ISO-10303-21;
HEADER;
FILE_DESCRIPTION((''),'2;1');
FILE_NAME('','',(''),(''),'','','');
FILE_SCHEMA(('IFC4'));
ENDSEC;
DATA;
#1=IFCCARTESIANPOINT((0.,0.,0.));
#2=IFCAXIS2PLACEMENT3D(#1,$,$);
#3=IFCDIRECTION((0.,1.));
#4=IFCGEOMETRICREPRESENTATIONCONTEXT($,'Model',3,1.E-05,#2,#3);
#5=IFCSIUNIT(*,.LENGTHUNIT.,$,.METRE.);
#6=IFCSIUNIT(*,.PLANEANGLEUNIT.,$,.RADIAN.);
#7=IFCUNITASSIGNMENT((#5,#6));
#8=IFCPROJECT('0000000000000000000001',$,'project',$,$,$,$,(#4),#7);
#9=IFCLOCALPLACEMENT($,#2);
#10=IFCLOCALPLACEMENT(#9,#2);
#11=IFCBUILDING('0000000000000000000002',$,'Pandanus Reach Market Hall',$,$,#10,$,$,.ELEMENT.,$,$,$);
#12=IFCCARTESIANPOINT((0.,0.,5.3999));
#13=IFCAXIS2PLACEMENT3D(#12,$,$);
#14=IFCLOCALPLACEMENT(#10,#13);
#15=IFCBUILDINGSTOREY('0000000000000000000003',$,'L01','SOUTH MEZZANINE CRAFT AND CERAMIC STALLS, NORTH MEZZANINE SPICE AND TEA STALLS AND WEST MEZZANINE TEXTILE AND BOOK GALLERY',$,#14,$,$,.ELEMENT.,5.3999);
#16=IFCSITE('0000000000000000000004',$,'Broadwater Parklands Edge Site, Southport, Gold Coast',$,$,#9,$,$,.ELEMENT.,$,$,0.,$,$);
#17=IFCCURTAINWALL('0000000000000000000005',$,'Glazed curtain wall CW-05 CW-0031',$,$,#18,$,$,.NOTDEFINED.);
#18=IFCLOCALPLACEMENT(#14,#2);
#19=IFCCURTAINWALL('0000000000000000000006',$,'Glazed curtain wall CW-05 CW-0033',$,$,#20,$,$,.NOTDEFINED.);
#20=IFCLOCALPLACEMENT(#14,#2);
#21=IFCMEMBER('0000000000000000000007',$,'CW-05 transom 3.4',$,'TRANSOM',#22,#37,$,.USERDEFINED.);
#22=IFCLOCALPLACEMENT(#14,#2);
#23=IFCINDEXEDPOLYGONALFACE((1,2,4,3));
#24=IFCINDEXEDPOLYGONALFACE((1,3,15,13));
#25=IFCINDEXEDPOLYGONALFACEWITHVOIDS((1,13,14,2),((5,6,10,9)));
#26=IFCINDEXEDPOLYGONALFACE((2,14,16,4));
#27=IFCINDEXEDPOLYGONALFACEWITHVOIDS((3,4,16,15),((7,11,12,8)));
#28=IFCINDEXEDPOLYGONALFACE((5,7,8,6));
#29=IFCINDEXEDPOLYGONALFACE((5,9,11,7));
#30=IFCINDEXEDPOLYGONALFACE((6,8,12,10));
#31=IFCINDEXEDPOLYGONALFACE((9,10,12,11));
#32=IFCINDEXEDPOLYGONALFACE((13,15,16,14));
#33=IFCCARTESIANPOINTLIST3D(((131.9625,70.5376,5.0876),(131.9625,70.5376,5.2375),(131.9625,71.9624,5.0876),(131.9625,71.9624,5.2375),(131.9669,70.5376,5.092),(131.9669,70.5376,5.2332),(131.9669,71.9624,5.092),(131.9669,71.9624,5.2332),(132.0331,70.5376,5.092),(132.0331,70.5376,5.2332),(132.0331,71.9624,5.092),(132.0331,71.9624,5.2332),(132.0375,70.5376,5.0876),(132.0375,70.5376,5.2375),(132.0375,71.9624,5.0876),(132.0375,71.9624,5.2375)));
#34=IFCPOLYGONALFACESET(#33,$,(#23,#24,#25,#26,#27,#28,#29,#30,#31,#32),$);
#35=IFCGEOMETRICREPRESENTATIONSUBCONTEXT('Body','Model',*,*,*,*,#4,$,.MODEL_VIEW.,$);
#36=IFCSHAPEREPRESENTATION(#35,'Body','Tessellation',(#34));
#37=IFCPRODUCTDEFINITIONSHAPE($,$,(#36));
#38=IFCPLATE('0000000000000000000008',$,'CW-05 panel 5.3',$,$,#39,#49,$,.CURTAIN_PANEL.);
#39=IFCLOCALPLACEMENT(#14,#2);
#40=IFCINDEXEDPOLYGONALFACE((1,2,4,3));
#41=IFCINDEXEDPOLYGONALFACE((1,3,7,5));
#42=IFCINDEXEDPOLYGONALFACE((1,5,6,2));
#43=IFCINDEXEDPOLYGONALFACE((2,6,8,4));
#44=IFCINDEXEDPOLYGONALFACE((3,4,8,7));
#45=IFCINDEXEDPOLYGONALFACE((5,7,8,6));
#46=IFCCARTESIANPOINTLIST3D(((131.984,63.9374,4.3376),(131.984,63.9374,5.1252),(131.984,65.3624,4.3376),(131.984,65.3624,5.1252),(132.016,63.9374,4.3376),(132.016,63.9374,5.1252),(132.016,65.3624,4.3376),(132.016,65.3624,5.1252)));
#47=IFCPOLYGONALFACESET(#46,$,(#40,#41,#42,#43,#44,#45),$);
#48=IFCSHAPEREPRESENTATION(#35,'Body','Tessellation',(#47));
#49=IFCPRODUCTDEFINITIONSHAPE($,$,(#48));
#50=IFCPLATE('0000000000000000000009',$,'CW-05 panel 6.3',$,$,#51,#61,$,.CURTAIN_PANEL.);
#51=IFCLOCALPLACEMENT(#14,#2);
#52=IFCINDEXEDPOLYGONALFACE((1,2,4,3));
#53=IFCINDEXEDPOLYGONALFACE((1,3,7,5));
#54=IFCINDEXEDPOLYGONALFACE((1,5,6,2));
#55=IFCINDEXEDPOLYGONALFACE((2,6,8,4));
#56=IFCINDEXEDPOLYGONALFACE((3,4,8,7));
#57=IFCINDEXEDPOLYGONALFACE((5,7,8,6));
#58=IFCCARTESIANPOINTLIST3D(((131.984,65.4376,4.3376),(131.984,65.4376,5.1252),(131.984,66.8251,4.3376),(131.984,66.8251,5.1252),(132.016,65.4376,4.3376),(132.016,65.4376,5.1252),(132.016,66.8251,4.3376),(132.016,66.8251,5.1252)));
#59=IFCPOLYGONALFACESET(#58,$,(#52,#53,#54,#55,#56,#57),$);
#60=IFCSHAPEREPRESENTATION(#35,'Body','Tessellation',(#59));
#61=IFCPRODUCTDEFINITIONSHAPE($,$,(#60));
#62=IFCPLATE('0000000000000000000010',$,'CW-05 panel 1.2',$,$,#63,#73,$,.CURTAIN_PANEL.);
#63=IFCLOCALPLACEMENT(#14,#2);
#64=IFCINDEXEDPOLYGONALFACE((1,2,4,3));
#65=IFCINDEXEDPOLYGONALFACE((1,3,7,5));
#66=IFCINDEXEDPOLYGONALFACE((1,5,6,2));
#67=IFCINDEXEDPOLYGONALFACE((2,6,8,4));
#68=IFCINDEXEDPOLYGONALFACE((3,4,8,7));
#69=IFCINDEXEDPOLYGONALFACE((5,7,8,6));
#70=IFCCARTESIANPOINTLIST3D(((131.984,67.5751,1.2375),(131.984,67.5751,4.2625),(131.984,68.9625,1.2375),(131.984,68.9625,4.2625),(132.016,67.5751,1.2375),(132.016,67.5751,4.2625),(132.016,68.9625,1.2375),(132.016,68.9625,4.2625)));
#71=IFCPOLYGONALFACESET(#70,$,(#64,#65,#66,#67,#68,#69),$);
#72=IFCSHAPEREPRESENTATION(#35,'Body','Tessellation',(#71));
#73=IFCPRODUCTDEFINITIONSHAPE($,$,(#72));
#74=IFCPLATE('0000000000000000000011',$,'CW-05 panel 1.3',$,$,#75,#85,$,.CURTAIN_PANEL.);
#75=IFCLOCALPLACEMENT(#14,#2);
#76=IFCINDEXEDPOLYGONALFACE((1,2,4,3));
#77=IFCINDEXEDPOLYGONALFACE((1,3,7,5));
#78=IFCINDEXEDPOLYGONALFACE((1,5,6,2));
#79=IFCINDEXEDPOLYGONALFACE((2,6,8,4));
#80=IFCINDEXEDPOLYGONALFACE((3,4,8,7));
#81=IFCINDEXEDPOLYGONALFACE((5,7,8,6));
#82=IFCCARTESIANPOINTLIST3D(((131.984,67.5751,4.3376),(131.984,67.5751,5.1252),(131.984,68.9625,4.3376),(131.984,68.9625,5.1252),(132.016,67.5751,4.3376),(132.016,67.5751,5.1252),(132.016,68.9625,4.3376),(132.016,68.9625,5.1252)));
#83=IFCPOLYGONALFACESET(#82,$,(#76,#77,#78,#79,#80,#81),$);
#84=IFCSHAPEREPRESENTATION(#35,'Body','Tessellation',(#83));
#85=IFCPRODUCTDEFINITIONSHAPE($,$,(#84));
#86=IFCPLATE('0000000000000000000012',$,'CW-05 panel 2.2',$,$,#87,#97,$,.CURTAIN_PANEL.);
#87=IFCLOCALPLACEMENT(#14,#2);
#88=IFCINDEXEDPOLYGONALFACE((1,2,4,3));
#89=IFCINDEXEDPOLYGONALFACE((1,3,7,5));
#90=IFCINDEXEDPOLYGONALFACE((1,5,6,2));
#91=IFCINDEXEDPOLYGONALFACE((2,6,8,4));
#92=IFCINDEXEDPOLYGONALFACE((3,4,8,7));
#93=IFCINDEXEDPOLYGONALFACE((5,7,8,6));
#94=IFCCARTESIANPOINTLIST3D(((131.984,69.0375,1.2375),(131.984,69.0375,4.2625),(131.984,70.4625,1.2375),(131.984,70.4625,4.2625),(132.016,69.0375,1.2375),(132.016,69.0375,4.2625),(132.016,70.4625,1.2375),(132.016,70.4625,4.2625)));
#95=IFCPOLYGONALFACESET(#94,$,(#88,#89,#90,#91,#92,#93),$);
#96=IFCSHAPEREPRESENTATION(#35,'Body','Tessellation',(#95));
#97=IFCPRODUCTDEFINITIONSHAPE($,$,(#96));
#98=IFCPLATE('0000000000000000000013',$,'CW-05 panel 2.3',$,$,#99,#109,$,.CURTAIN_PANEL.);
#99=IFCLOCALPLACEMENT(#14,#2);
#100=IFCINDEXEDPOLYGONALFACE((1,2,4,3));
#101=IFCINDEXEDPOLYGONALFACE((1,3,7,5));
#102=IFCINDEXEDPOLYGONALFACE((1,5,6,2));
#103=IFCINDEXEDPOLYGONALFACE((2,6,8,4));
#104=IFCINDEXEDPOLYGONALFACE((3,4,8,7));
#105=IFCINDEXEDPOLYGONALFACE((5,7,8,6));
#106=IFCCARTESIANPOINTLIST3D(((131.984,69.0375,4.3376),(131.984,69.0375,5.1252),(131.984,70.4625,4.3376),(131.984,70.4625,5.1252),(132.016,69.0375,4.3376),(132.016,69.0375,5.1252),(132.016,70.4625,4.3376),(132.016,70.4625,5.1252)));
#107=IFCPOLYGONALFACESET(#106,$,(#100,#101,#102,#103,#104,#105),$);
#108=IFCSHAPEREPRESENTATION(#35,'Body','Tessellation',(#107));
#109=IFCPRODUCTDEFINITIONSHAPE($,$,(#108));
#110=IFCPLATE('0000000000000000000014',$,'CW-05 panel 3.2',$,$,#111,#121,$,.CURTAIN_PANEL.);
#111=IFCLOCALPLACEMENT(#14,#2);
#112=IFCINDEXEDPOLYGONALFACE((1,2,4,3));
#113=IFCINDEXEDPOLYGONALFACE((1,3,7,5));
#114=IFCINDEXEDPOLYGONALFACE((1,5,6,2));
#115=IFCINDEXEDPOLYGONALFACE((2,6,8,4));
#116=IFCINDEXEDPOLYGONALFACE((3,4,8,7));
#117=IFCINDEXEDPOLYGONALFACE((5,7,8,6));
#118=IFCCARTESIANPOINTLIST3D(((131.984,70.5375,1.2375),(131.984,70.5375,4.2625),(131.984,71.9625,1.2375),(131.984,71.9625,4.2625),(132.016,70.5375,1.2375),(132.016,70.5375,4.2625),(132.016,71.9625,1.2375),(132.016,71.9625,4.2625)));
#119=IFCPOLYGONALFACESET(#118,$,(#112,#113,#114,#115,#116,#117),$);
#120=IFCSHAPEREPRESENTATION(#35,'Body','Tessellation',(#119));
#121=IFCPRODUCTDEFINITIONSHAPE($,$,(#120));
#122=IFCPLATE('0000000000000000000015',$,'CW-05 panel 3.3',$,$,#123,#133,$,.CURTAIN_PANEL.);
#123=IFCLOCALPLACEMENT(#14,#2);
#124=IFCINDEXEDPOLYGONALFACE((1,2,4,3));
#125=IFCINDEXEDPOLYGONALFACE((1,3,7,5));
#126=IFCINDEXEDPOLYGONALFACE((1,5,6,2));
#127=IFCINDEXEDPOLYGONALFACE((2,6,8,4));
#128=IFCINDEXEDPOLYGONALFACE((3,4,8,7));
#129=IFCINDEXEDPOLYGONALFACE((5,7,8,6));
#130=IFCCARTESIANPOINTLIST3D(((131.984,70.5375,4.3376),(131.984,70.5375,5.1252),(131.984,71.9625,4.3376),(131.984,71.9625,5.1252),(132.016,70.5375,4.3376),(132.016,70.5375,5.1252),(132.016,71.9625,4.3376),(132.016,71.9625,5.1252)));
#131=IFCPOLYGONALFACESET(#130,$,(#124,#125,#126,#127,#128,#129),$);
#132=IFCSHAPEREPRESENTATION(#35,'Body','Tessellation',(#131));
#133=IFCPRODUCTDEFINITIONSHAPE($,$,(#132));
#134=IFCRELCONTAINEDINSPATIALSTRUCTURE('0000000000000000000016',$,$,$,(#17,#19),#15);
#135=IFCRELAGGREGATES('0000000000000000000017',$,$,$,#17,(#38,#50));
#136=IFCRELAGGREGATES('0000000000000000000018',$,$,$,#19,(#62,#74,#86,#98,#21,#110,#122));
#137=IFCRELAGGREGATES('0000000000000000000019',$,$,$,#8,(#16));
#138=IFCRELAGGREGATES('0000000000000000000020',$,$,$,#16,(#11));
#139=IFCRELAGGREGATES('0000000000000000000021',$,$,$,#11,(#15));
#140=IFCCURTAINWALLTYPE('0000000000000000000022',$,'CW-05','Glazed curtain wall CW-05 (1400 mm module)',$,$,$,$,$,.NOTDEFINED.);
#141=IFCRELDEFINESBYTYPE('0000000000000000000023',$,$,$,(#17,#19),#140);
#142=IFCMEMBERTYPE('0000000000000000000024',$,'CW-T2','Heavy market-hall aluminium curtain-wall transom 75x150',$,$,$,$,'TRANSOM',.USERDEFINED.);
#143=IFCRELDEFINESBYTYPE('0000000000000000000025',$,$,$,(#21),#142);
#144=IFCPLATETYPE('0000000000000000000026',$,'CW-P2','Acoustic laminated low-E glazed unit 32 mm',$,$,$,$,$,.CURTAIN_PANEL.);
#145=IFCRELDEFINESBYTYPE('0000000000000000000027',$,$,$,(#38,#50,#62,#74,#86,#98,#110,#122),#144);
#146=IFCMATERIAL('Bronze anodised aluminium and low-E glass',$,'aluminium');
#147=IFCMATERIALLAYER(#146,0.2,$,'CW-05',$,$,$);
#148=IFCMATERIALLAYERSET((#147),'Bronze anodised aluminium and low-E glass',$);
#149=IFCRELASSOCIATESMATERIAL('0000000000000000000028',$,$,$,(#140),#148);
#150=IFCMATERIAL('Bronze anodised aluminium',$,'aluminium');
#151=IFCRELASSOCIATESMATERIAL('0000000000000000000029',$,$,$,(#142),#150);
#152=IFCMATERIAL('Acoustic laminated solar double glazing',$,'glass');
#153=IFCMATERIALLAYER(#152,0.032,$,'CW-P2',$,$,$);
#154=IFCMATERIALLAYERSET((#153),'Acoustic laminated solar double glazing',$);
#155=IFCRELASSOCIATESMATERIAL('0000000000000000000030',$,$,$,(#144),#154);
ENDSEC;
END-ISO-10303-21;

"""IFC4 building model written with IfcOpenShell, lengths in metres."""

from ifc_helpers import new_model, si_unit, direction, frame, origin, origin_2d, place, context, subcontext, project, spatial, rectangle, hollow_rectangle, extrude, material, layer, layer_set, material_profile, profile_set, type_object, element, aggregate, save


model = new_model("IFC4")

# Units and contexts
model_context = context("Model", 3, precision=1e-05, world=origin(), true_north=direction((0.0, 1.0)))
body_context = subcontext(model_context, "Body", "Model", "MODEL_VIEW")
ifc_project = project(units=[si_unit("LENGTHUNIT", "METRE"), si_unit("PLANEANGLEUNIT", "RADIAN")], contexts=[model_context])

# Site, building, storey
site_placement = place(None, origin())
site = spatial("IfcSite", under=ifc_project, at=site_placement, Name="Broadwater Parklands Edge Site, Southport, Gold Coast", CompositionType="ELEMENT", RefElevation=0.0)
building_placement = place(site_placement, origin())
building = spatial("IfcBuilding", under=site, at=building_placement, Name="Pandanus Reach Market Hall", CompositionType="ELEMENT")
storey_placement = place(building_placement, frame((0.0, 0.0, 5.3999)))
storey = spatial("IfcBuildingStorey", under=building, at=storey_placement, Name="L01", Description="SOUTH MEZZANINE CRAFT AND CERAMIC STALLS, NORTH MEZZANINE SPICE AND TEA STALLS AND WEST MEZZANINE TEXTILE AND BOOK GALLERY", CompositionType="ELEMENT", Elevation=5.3999)

# Curtain walls, member
ifc_material_1 = material(Name="Bronze anodised aluminium and low-E glass", Category="aluminium")
ifc_layer_1 = layer(ifc_material_1, 0.2, Name="CW-05")
ifc_layer_set_1 = layer_set([ifc_layer_1], Name="Bronze anodised aluminium and low-E glass")
curtain_wall_type = type_object("IfcCurtainWallType", Name="CW-05", Description="Glazed curtain wall CW-05 (1400 mm module)", PredefinedType="NOTDEFINED", material=ifc_layer_set_1)
curtain_wall_1_placement = place(storey_placement, origin())
curtain_wall_1 = element("IfcCurtainWall", 1, at=curtain_wall_1_placement, inside=storey, type_object=curtain_wall_type, Name="Glazed curtain wall CW-05 CW-0031", PredefinedType="NOTDEFINED")
ifc_material_2 = material(Name="Bronze anodised aluminium", Category="aluminium")
ifc_material_profile_1 = material_profile(ifc_material_2, hollow_rectangle(XDim=0.075, YDim=0.1499, WallThickness=0.0044, at=origin_2d()), Name="ALU75x150", Category="LoadBearing")
ifc_profile_set_1 = profile_set([ifc_material_profile_1], Name="Bronze anodised aluminium")
member_type_1 = type_object("IfcMemberType", Name="CW-T2", Description="Heavy market-hall aluminium curtain-wall transom 75x150", ElementType="TRANSOM", PredefinedType="USERDEFINED", material=ifc_profile_set_1)
curtain_wall_2_placement = place(storey_placement, origin())
curtain_wall_2 = element("IfcCurtainWall", 2, at=curtain_wall_2_placement, inside=storey, type_object=curtain_wall_type, Name="Glazed curtain wall CW-05 CW-0033", PredefinedType="NOTDEFINED")
member_1_placement = place(storey_placement, frame((132.0, 70.5376, 5.1626), z_axis=(0.0, 1.0, 0.0), x_axis=(-1.0, 0.0, 0.0)))
member_1 = element("IfcMember", 3, at=member_1_placement, type_object=member_type_1, Name="CW-05 transom 3.4", ObjectType="TRANSOM", PredefinedType="USERDEFINED", context=body_context, shape_type="SweptSolid", body=[
    extrude(hollow_rectangle(XDim=0.075, YDim=0.1499, WallThickness=0.0044, at=origin_2d()), origin(), (0.0, 0.0, 1.0), 1.4248),
])

# Plates
ifc_material_3 = material(Name="Acoustic laminated solar double glazing", Category="glass")
ifc_layer_2 = layer(ifc_material_3, 0.032, Name="CW-P2")
ifc_layer_set_2 = layer_set([ifc_layer_2], Name="Acoustic laminated solar double glazing")
plate_type = type_object("IfcPlateType", Name="CW-P2", Description="Acoustic laminated low-E glazed unit 32 mm", PredefinedType="CURTAIN_PANEL", material=ifc_layer_set_2)
plate_1_placement = place(storey_placement, frame((132.0, 64.6499, 4.3376), z_axis=(0.0, 0.0, 1.0), x_axis=(0.0, 1.0, 0.0)))
plate_1 = element("IfcPlate", 4, at=plate_1_placement, type_object=plate_type, Name="CW-05 panel 5.3", PredefinedType="CURTAIN_PANEL", context=body_context, shape_type="SweptSolid", body=[
    extrude(rectangle(XDim=1.425, YDim=0.032, at=origin_2d()), origin(), (0.0, 0.0, 1.0), 0.7876),
])
plate_2_placement = place(storey_placement, frame((132.0, 66.1313, 4.3376), z_axis=(0.0, 0.0, 1.0), x_axis=(0.0, 1.0, 0.0)))
plate_2 = element("IfcPlate", 5, at=plate_2_placement, type_object=plate_type, Name="CW-05 panel 6.3", PredefinedType="CURTAIN_PANEL", context=body_context, shape_type="SweptSolid", body=[
    extrude(rectangle(XDim=1.3875, YDim=0.032, at=origin_2d()), origin(), (0.0, 0.0, 1.0), 0.7876),
])
aggregate(curtain_wall_1, [plate_1, plate_2])
plate_3_placement = place(storey_placement, frame((132.0, 68.2688, 1.2375), z_axis=(0.0, 0.0, 1.0), x_axis=(0.0, 1.0, 0.0)))
plate_3 = element("IfcPlate", 6, at=plate_3_placement, type_object=plate_type, Name="CW-05 panel 1.2", PredefinedType="CURTAIN_PANEL", context=body_context, shape_type="SweptSolid", body=[
    extrude(rectangle(XDim=1.3875, YDim=0.032, at=origin_2d()), origin(), (0.0, 0.0, 1.0), 3.0249),
])
plate_4_placement = place(storey_placement, frame((132.0, 68.2688, 4.3376), z_axis=(0.0, 0.0, 1.0), x_axis=(0.0, 1.0, 0.0)))
plate_4 = element("IfcPlate", 7, at=plate_4_placement, type_object=plate_type, Name="CW-05 panel 1.3", PredefinedType="CURTAIN_PANEL", context=body_context, shape_type="SweptSolid", body=[
    extrude(rectangle(XDim=1.3875, YDim=0.032, at=origin_2d()), origin(), (0.0, 0.0, 1.0), 0.7876),
])
plate_5_placement = place(storey_placement, frame((132.0, 69.75, 1.2375), z_axis=(0.0, 0.0, 1.0), x_axis=(0.0, 1.0, 0.0)))
plate_5 = element("IfcPlate", 8, at=plate_5_placement, type_object=plate_type, Name="CW-05 panel 2.2", PredefinedType="CURTAIN_PANEL", context=body_context, shape_type="SweptSolid", body=[
    extrude(rectangle(XDim=1.425, YDim=0.032, at=origin_2d()), origin(), (0.0, 0.0, 1.0), 3.0249),
])
plate_6_placement = place(storey_placement, frame((132.0, 69.75, 4.3376), z_axis=(0.0, 0.0, 1.0), x_axis=(0.0, 1.0, 0.0)))
plate_6 = element("IfcPlate", 9, at=plate_6_placement, type_object=plate_type, Name="CW-05 panel 2.3", PredefinedType="CURTAIN_PANEL", context=body_context, shape_type="SweptSolid", body=[
    extrude(rectangle(XDim=1.425, YDim=0.032, at=origin_2d()), origin(), (0.0, 0.0, 1.0), 0.7876),
])
plate_7_placement = place(storey_placement, frame((132.0, 71.25, 1.2375), z_axis=(0.0, 0.0, 1.0), x_axis=(0.0, 1.0, 0.0)))
plate_7 = element("IfcPlate", 10, at=plate_7_placement, type_object=plate_type, Name="CW-05 panel 3.2", PredefinedType="CURTAIN_PANEL", context=body_context, shape_type="SweptSolid", body=[
    extrude(rectangle(XDim=1.425, YDim=0.032, at=origin_2d()), origin(), (0.0, 0.0, 1.0), 3.0249),
])
plate_8_placement = place(storey_placement, frame((132.0, 71.25, 4.3376), z_axis=(0.0, 0.0, 1.0), x_axis=(0.0, 1.0, 0.0)))
plate_8 = element("IfcPlate", 11, at=plate_8_placement, type_object=plate_type, Name="CW-05 panel 3.3", PredefinedType="CURTAIN_PANEL", context=body_context, shape_type="SweptSolid", body=[
    extrude(rectangle(XDim=1.425, YDim=0.032, at=origin_2d()), origin(), (0.0, 0.0, 1.0), 0.7876),
])
aggregate(curtain_wall_2, [plate_3, plate_4, plate_5, plate_6, member_1, plate_7, plate_8])

save(model, "model.ifc")
